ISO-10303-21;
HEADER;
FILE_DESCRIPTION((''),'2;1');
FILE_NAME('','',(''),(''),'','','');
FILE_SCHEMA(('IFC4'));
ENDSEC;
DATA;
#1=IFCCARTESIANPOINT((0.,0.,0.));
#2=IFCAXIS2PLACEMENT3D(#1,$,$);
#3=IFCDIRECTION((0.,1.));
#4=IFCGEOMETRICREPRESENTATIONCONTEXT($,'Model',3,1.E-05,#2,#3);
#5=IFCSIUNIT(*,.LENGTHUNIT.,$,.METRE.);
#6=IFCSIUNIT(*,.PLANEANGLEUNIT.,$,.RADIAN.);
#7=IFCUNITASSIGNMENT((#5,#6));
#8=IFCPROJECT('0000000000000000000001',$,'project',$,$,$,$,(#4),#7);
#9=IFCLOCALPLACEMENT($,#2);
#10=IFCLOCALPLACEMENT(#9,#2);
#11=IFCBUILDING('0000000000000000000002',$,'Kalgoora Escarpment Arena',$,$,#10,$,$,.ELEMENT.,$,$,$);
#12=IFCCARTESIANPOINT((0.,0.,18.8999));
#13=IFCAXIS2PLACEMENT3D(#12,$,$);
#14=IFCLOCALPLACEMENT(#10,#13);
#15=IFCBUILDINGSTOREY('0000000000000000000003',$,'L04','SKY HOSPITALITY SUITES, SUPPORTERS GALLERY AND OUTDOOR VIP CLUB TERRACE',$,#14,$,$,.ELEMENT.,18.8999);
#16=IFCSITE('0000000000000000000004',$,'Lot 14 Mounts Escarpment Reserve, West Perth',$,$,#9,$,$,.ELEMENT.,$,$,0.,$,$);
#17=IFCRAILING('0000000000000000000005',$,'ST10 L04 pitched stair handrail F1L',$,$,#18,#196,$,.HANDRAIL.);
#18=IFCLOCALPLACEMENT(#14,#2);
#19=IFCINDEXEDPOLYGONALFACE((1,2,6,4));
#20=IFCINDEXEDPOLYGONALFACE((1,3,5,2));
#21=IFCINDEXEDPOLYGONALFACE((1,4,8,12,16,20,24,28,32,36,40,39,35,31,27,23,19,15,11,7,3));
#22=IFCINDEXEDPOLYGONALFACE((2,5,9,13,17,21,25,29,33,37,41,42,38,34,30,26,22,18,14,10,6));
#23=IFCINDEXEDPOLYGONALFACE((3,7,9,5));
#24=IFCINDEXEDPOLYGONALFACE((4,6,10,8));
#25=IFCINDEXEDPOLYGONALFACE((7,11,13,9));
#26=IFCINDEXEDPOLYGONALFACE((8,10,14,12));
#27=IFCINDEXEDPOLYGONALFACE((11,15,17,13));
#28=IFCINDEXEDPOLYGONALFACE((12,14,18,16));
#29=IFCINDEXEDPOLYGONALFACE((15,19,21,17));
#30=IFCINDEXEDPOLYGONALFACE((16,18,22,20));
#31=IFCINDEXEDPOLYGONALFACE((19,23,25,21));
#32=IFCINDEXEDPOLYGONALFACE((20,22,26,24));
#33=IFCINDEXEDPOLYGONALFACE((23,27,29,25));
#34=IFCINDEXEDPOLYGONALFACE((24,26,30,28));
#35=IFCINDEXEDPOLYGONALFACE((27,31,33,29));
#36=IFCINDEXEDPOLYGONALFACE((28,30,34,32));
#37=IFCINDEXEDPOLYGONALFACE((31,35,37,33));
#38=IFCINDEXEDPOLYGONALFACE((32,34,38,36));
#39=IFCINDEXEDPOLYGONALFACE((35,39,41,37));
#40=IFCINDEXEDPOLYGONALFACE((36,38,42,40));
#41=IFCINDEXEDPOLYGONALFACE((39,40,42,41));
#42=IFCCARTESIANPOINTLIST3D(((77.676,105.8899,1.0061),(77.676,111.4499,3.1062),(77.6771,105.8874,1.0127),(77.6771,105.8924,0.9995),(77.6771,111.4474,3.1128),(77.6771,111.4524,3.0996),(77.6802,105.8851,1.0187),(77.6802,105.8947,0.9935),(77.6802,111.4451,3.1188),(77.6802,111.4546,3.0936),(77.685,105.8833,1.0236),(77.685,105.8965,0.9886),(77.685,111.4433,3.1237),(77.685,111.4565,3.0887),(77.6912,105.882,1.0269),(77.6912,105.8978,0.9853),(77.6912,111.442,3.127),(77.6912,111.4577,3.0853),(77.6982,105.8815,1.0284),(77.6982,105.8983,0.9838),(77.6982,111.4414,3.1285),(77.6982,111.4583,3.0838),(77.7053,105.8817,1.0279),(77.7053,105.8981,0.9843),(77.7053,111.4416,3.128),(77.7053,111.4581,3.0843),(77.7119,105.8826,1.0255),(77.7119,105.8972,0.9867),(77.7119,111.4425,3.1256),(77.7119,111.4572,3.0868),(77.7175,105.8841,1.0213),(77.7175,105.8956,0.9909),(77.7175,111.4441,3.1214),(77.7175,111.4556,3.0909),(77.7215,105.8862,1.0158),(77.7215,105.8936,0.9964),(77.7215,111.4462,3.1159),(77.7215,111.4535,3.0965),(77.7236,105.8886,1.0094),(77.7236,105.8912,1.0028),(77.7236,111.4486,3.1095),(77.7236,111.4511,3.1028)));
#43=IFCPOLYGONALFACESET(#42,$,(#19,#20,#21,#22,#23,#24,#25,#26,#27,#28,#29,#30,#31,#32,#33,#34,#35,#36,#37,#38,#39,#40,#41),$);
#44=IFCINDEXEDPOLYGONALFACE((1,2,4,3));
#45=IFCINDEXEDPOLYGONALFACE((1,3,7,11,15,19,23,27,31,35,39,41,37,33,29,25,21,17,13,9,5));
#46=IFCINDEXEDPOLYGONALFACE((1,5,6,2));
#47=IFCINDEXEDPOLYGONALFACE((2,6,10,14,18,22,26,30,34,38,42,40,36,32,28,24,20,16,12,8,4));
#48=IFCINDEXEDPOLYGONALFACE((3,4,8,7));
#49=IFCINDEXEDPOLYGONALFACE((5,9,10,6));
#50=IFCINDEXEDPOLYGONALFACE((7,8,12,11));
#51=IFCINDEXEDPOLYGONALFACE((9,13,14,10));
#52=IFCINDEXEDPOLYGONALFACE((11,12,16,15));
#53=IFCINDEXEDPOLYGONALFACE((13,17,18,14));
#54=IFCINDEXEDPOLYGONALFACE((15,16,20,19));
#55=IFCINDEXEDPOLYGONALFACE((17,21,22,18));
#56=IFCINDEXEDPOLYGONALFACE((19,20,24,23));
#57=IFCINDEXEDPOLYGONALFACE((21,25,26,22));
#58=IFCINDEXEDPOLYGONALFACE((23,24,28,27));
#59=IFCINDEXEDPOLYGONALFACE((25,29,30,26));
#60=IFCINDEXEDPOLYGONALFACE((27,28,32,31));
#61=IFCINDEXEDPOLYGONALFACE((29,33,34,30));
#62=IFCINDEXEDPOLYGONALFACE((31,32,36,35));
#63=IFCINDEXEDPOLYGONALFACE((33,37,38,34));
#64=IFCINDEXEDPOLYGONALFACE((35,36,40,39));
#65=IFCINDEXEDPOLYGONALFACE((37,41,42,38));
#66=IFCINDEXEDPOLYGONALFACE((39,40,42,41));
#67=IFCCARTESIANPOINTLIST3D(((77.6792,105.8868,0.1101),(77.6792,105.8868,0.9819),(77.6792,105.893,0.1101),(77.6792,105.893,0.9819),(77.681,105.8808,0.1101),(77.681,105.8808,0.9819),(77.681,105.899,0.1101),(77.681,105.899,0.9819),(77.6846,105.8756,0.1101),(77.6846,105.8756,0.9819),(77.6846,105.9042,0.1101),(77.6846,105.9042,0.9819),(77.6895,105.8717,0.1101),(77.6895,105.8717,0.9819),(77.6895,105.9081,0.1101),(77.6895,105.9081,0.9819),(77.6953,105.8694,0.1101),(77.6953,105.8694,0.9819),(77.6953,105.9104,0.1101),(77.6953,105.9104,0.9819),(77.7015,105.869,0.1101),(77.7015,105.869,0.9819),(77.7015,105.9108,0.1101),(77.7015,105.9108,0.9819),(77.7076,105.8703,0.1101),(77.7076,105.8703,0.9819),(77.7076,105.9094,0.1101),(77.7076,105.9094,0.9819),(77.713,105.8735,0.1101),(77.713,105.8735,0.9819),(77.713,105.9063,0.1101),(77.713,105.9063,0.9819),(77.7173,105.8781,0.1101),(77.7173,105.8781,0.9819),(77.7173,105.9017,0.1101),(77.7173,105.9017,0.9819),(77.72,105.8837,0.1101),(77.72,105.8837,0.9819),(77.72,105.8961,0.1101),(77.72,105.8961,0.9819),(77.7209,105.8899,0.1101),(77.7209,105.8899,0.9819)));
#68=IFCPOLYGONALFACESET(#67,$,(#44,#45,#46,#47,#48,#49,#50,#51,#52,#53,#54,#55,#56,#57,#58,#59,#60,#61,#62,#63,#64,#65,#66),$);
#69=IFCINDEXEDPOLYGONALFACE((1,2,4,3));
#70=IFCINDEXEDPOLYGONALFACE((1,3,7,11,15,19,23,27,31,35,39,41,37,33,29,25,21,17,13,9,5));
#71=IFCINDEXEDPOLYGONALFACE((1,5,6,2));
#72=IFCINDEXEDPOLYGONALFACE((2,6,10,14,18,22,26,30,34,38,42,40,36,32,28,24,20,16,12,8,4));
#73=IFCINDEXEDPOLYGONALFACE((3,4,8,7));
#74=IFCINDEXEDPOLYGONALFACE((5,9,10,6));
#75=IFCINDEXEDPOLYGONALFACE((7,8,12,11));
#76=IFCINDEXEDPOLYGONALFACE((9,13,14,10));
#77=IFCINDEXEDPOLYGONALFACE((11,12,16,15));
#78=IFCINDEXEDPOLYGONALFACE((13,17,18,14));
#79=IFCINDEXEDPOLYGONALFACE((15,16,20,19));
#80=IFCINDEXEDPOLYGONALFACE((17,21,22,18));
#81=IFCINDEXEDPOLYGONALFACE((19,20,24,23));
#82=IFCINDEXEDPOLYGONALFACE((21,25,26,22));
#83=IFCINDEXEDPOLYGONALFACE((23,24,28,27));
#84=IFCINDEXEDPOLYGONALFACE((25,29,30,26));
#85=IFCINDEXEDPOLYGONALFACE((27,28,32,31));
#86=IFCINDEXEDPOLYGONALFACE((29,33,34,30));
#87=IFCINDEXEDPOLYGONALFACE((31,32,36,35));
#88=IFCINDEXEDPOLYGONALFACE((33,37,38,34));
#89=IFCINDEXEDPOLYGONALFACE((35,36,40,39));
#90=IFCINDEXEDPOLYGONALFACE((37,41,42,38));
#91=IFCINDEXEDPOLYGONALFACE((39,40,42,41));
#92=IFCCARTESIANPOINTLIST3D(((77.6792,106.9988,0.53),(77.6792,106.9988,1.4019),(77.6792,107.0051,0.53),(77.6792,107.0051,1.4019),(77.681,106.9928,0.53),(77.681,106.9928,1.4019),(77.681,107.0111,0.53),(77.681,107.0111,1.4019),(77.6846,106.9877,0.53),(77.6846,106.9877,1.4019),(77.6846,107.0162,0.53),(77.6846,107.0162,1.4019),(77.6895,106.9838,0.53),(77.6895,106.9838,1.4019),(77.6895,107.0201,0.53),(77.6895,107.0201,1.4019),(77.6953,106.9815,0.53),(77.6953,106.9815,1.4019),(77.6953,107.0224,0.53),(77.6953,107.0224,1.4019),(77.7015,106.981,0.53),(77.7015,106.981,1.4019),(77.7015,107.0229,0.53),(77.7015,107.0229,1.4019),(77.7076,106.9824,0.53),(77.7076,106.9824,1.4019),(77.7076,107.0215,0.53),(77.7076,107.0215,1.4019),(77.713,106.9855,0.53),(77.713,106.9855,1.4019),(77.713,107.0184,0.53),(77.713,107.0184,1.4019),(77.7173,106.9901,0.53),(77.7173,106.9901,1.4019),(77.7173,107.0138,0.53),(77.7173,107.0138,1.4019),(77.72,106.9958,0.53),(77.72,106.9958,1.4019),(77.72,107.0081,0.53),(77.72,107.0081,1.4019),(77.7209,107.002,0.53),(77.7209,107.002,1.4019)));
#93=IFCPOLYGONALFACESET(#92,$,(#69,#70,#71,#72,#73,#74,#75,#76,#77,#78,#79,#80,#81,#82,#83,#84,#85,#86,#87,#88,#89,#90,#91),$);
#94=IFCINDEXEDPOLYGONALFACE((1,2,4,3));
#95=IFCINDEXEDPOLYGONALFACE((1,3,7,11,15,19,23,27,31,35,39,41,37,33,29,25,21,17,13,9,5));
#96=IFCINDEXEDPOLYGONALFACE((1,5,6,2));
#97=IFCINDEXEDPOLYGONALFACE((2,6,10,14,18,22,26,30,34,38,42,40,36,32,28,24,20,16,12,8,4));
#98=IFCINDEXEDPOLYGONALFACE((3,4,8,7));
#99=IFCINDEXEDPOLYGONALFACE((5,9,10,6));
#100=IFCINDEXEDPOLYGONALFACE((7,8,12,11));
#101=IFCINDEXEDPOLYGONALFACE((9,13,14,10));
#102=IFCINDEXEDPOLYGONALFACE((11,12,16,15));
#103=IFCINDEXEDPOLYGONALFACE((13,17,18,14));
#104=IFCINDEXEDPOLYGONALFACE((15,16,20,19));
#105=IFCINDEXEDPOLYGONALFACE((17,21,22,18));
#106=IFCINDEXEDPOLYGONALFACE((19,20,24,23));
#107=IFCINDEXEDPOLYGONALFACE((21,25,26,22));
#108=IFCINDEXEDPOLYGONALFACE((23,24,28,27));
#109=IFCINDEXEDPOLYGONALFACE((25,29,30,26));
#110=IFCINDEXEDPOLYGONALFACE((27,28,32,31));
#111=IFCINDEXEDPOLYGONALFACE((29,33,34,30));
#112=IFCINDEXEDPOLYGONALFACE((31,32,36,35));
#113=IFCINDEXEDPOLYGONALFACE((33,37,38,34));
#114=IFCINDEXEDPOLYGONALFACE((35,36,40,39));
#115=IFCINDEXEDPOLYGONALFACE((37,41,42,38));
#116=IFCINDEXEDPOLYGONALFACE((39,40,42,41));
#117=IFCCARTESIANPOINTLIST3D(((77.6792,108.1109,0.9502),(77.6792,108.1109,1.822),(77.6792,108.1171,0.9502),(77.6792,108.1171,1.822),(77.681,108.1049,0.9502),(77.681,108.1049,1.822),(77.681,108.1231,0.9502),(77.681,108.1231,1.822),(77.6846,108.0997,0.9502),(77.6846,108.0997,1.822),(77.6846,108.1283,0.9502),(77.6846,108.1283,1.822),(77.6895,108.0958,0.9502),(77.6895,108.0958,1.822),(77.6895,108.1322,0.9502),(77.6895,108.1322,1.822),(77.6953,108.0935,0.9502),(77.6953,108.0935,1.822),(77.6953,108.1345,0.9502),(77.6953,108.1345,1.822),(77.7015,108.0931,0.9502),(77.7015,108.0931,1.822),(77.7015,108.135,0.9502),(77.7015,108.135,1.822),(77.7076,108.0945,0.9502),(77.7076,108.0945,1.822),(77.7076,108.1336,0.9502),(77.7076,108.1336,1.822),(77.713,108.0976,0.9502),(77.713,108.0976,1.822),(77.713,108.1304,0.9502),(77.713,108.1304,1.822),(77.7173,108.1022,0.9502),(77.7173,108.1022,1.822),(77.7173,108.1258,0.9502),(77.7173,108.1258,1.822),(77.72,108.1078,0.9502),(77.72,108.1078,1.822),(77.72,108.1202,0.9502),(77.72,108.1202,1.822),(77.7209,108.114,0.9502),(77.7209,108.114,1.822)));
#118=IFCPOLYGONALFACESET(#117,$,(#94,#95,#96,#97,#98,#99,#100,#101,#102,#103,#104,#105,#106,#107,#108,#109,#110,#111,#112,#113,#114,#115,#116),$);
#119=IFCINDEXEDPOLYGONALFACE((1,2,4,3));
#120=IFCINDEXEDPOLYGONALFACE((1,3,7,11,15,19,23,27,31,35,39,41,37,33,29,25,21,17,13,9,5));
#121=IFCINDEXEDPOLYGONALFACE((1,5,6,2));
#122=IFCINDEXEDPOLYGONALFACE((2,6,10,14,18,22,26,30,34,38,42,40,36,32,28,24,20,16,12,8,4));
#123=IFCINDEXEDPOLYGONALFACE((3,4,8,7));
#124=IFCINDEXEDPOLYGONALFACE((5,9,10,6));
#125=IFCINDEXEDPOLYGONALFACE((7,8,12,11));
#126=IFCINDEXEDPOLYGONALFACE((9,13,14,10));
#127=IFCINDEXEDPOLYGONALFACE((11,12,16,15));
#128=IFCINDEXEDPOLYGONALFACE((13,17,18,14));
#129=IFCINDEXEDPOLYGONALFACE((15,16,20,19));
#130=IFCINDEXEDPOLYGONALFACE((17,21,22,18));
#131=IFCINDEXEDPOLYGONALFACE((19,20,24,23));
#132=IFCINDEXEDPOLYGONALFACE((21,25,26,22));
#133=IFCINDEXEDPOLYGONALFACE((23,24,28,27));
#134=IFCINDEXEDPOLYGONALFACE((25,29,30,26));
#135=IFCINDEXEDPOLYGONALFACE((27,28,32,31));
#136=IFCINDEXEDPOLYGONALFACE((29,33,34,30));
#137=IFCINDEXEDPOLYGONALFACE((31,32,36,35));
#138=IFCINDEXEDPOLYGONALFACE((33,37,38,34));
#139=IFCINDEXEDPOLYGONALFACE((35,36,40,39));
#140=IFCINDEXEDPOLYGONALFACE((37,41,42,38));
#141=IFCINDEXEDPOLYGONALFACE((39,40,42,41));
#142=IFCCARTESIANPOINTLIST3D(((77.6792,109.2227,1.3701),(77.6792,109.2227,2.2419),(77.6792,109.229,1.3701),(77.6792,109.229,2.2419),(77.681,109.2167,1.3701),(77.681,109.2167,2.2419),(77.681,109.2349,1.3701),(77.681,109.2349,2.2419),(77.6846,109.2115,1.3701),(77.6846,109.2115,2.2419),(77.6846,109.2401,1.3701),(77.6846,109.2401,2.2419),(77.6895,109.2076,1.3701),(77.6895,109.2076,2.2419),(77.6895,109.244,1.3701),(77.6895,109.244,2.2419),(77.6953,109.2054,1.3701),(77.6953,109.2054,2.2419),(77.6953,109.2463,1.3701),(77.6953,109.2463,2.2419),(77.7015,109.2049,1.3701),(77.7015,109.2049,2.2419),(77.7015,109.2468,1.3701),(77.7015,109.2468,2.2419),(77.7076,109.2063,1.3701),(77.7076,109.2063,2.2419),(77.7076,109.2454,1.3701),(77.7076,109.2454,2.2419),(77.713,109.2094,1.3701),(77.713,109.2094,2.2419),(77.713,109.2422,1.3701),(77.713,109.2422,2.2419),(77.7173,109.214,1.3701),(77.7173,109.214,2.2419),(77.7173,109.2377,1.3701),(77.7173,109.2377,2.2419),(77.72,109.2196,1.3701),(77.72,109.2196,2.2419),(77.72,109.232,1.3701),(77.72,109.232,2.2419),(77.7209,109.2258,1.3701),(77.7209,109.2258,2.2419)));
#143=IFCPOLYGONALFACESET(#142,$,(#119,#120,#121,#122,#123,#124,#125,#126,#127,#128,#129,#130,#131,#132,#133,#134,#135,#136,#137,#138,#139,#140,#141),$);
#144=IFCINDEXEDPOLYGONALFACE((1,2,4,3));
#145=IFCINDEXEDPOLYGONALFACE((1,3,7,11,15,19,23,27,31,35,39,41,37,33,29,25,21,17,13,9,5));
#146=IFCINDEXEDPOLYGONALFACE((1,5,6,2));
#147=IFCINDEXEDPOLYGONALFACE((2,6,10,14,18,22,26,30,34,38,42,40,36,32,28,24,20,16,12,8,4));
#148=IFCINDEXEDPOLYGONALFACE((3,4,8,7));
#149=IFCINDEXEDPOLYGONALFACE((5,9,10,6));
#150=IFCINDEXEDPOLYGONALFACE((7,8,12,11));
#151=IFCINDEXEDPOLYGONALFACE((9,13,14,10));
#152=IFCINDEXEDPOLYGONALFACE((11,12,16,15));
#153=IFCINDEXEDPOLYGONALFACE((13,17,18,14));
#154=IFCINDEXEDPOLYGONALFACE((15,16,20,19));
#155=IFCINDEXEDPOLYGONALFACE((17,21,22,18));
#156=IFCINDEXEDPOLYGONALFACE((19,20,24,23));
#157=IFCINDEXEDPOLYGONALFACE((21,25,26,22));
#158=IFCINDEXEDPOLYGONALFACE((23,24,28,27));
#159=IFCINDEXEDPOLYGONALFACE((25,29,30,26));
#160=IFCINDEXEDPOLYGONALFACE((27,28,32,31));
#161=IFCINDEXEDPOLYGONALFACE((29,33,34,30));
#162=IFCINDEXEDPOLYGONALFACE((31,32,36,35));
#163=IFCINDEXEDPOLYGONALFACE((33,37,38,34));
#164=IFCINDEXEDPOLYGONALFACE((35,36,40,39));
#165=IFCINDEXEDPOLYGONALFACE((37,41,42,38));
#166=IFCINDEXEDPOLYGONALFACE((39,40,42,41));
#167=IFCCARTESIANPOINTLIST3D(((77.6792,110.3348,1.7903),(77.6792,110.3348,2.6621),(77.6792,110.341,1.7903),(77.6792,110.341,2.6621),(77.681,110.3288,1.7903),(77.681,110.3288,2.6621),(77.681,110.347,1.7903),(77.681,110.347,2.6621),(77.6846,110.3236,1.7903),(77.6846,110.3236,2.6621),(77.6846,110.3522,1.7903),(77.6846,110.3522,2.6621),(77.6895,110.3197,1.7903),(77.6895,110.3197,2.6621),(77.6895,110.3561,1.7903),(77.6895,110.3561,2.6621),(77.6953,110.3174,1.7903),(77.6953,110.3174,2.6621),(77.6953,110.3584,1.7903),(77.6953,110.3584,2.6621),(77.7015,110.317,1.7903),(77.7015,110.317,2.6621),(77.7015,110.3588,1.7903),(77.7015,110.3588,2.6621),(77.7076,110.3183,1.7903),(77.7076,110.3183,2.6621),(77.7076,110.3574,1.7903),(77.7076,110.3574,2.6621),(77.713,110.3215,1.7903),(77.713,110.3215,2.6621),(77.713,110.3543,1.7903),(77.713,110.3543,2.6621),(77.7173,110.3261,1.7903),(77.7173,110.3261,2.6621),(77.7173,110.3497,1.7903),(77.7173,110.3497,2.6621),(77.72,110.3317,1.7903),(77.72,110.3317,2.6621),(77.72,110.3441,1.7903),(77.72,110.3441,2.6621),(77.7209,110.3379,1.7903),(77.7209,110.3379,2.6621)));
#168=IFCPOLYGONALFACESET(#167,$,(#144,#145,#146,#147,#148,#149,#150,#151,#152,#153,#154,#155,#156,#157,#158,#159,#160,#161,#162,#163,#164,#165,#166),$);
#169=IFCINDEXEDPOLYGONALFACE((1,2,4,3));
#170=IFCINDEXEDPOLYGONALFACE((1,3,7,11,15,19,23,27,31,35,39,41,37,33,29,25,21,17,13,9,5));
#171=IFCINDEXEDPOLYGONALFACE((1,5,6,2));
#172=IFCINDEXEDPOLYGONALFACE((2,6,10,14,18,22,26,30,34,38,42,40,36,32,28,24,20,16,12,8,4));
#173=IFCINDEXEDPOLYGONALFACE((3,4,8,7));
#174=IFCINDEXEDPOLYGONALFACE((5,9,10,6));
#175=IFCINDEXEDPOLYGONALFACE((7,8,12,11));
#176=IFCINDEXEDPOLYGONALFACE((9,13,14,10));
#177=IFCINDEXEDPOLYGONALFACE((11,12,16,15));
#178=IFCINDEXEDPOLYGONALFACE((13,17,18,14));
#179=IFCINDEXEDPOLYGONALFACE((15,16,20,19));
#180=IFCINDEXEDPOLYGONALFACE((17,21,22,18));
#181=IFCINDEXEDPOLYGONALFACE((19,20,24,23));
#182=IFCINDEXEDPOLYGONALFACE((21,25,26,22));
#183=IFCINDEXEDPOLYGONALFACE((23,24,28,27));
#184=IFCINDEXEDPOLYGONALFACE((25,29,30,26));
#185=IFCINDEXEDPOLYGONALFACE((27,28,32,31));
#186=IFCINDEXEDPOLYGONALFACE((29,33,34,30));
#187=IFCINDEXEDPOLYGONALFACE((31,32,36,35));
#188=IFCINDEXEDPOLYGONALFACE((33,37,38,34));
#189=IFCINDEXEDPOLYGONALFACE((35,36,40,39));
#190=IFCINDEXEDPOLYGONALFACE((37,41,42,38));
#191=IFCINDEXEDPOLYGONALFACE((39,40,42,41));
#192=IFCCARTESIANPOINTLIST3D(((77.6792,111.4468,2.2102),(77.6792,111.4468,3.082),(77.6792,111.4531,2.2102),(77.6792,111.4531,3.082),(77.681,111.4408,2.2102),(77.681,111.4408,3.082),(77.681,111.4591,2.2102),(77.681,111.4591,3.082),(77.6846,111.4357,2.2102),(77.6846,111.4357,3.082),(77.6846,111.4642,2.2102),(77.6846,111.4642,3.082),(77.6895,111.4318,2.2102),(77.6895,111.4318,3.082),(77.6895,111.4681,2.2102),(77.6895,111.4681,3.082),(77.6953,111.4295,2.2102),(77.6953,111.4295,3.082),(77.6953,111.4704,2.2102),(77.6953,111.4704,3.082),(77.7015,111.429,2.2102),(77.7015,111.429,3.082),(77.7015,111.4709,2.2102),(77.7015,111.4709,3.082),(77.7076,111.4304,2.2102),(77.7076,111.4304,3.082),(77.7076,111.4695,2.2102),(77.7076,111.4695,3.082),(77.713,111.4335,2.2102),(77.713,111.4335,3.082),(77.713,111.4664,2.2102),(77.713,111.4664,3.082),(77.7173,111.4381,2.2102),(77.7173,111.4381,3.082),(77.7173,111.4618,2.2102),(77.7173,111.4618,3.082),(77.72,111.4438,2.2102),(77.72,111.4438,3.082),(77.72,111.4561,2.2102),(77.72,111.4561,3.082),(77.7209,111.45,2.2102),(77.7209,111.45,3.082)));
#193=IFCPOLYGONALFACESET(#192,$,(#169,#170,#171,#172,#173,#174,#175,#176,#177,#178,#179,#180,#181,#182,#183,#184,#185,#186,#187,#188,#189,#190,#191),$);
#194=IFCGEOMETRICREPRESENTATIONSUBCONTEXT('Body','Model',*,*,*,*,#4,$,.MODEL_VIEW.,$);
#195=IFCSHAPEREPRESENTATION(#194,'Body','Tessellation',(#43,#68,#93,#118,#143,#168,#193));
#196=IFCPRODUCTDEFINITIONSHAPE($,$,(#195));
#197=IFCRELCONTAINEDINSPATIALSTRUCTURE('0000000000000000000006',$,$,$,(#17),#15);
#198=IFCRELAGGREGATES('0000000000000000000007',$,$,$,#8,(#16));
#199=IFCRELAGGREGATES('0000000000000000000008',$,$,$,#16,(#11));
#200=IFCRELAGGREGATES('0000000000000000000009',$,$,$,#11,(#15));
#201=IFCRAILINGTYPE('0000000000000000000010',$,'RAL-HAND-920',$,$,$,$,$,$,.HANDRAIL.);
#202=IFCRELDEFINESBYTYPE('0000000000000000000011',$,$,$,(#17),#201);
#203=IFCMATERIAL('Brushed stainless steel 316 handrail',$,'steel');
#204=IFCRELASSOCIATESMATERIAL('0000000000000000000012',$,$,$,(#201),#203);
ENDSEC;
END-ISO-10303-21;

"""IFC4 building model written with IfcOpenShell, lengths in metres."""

from ifc_helpers import new_model, si_unit, direction, frame, origin, origin_2d, place, context, subcontext, project, spatial, circle, extrude, material, type_object, element, save


model = new_model("IFC4")

# Units and contexts
model_context = context("Model", 3, precision=1e-05, world=origin(), true_north=direction((0.0, 1.0)))
body_context = subcontext(model_context, "Body", "Model", "MODEL_VIEW")
ifc_project = project(units=[si_unit("LENGTHUNIT", "METRE"), si_unit("PLANEANGLEUNIT", "RADIAN")], contexts=[model_context])

# Site, building, storey
site_placement = place(None, origin())
site = spatial("IfcSite", under=ifc_project, at=site_placement, Name="Lot 14 Mounts Escarpment Reserve, West Perth", CompositionType="ELEMENT", RefElevation=0.0)
building_placement = place(site_placement, origin())
building = spatial("IfcBuilding", under=site, at=building_placement, Name="Kalgoora Escarpment Arena", CompositionType="ELEMENT")
storey_placement = place(building_placement, frame((0.0, 0.0, 18.8999)))
storey = spatial("IfcBuildingStorey", under=building, at=storey_placement, Name="L04", Description="SKY HOSPITALITY SUITES, SUPPORTERS GALLERY AND OUTDOOR VIP CLUB TERRACE", CompositionType="ELEMENT", Elevation=18.8999)

# Railing
ifc_material_1 = material(Name="Brushed stainless steel 316 handrail", Category="steel")
railing_type_1 = type_object("IfcRailingType", Name="RAL-HAND-920", PredefinedType="HANDRAIL", material=ifc_material_1)
for number, where, name in (
    (1, (77.7, 105.8899, 0.1101), "ST10 L04 pitched stair handrail F1L"),
):
    element("IfcRailing", number, at=place(storey_placement, frame(where)), inside=storey, type_object=railing_type_1, Name=name, PredefinedType="HANDRAIL", context=body_context, shape_type="SweptSolid", body=[
        extrude(circle(Radius=0.0239, at=origin_2d()), frame((0.0, 0.0, 0.896), z_axis=(0.0, 0.935493, 0.353346), x_axis=(-1.0, 0.0, 0.0)), (0.0, 0.0, 1.0), 5.9434),
        extrude(circle(Radius=0.021, at=origin_2d()), origin(), (0.0, 0.0, 1.0), 0.8718),
        extrude(circle(Radius=0.021, at=origin_2d()), frame((0.0, 1.1121, 0.4199)), (0.0, 0.0, 1.0), 0.8718),
        extrude(circle(Radius=0.021, at=origin_2d()), frame((0.0, 2.2241, 0.8401)), (0.0, 0.0, 1.0), 0.8718),
        extrude(circle(Radius=0.021, at=origin_2d()), frame((0.0, 3.3359, 1.26)), (0.0, 0.0, 1.0), 0.8718),
        extrude(circle(Radius=0.021, at=origin_2d()), frame((0.0, 4.448, 1.6802)), (0.0, 0.0, 1.0), 0.8718),
        extrude(circle(Radius=0.021, at=origin_2d()), frame((0.0, 5.5601, 2.1001)), (0.0, 0.0, 1.0), 0.8718),
    ])

save(model, "model.ifc")
